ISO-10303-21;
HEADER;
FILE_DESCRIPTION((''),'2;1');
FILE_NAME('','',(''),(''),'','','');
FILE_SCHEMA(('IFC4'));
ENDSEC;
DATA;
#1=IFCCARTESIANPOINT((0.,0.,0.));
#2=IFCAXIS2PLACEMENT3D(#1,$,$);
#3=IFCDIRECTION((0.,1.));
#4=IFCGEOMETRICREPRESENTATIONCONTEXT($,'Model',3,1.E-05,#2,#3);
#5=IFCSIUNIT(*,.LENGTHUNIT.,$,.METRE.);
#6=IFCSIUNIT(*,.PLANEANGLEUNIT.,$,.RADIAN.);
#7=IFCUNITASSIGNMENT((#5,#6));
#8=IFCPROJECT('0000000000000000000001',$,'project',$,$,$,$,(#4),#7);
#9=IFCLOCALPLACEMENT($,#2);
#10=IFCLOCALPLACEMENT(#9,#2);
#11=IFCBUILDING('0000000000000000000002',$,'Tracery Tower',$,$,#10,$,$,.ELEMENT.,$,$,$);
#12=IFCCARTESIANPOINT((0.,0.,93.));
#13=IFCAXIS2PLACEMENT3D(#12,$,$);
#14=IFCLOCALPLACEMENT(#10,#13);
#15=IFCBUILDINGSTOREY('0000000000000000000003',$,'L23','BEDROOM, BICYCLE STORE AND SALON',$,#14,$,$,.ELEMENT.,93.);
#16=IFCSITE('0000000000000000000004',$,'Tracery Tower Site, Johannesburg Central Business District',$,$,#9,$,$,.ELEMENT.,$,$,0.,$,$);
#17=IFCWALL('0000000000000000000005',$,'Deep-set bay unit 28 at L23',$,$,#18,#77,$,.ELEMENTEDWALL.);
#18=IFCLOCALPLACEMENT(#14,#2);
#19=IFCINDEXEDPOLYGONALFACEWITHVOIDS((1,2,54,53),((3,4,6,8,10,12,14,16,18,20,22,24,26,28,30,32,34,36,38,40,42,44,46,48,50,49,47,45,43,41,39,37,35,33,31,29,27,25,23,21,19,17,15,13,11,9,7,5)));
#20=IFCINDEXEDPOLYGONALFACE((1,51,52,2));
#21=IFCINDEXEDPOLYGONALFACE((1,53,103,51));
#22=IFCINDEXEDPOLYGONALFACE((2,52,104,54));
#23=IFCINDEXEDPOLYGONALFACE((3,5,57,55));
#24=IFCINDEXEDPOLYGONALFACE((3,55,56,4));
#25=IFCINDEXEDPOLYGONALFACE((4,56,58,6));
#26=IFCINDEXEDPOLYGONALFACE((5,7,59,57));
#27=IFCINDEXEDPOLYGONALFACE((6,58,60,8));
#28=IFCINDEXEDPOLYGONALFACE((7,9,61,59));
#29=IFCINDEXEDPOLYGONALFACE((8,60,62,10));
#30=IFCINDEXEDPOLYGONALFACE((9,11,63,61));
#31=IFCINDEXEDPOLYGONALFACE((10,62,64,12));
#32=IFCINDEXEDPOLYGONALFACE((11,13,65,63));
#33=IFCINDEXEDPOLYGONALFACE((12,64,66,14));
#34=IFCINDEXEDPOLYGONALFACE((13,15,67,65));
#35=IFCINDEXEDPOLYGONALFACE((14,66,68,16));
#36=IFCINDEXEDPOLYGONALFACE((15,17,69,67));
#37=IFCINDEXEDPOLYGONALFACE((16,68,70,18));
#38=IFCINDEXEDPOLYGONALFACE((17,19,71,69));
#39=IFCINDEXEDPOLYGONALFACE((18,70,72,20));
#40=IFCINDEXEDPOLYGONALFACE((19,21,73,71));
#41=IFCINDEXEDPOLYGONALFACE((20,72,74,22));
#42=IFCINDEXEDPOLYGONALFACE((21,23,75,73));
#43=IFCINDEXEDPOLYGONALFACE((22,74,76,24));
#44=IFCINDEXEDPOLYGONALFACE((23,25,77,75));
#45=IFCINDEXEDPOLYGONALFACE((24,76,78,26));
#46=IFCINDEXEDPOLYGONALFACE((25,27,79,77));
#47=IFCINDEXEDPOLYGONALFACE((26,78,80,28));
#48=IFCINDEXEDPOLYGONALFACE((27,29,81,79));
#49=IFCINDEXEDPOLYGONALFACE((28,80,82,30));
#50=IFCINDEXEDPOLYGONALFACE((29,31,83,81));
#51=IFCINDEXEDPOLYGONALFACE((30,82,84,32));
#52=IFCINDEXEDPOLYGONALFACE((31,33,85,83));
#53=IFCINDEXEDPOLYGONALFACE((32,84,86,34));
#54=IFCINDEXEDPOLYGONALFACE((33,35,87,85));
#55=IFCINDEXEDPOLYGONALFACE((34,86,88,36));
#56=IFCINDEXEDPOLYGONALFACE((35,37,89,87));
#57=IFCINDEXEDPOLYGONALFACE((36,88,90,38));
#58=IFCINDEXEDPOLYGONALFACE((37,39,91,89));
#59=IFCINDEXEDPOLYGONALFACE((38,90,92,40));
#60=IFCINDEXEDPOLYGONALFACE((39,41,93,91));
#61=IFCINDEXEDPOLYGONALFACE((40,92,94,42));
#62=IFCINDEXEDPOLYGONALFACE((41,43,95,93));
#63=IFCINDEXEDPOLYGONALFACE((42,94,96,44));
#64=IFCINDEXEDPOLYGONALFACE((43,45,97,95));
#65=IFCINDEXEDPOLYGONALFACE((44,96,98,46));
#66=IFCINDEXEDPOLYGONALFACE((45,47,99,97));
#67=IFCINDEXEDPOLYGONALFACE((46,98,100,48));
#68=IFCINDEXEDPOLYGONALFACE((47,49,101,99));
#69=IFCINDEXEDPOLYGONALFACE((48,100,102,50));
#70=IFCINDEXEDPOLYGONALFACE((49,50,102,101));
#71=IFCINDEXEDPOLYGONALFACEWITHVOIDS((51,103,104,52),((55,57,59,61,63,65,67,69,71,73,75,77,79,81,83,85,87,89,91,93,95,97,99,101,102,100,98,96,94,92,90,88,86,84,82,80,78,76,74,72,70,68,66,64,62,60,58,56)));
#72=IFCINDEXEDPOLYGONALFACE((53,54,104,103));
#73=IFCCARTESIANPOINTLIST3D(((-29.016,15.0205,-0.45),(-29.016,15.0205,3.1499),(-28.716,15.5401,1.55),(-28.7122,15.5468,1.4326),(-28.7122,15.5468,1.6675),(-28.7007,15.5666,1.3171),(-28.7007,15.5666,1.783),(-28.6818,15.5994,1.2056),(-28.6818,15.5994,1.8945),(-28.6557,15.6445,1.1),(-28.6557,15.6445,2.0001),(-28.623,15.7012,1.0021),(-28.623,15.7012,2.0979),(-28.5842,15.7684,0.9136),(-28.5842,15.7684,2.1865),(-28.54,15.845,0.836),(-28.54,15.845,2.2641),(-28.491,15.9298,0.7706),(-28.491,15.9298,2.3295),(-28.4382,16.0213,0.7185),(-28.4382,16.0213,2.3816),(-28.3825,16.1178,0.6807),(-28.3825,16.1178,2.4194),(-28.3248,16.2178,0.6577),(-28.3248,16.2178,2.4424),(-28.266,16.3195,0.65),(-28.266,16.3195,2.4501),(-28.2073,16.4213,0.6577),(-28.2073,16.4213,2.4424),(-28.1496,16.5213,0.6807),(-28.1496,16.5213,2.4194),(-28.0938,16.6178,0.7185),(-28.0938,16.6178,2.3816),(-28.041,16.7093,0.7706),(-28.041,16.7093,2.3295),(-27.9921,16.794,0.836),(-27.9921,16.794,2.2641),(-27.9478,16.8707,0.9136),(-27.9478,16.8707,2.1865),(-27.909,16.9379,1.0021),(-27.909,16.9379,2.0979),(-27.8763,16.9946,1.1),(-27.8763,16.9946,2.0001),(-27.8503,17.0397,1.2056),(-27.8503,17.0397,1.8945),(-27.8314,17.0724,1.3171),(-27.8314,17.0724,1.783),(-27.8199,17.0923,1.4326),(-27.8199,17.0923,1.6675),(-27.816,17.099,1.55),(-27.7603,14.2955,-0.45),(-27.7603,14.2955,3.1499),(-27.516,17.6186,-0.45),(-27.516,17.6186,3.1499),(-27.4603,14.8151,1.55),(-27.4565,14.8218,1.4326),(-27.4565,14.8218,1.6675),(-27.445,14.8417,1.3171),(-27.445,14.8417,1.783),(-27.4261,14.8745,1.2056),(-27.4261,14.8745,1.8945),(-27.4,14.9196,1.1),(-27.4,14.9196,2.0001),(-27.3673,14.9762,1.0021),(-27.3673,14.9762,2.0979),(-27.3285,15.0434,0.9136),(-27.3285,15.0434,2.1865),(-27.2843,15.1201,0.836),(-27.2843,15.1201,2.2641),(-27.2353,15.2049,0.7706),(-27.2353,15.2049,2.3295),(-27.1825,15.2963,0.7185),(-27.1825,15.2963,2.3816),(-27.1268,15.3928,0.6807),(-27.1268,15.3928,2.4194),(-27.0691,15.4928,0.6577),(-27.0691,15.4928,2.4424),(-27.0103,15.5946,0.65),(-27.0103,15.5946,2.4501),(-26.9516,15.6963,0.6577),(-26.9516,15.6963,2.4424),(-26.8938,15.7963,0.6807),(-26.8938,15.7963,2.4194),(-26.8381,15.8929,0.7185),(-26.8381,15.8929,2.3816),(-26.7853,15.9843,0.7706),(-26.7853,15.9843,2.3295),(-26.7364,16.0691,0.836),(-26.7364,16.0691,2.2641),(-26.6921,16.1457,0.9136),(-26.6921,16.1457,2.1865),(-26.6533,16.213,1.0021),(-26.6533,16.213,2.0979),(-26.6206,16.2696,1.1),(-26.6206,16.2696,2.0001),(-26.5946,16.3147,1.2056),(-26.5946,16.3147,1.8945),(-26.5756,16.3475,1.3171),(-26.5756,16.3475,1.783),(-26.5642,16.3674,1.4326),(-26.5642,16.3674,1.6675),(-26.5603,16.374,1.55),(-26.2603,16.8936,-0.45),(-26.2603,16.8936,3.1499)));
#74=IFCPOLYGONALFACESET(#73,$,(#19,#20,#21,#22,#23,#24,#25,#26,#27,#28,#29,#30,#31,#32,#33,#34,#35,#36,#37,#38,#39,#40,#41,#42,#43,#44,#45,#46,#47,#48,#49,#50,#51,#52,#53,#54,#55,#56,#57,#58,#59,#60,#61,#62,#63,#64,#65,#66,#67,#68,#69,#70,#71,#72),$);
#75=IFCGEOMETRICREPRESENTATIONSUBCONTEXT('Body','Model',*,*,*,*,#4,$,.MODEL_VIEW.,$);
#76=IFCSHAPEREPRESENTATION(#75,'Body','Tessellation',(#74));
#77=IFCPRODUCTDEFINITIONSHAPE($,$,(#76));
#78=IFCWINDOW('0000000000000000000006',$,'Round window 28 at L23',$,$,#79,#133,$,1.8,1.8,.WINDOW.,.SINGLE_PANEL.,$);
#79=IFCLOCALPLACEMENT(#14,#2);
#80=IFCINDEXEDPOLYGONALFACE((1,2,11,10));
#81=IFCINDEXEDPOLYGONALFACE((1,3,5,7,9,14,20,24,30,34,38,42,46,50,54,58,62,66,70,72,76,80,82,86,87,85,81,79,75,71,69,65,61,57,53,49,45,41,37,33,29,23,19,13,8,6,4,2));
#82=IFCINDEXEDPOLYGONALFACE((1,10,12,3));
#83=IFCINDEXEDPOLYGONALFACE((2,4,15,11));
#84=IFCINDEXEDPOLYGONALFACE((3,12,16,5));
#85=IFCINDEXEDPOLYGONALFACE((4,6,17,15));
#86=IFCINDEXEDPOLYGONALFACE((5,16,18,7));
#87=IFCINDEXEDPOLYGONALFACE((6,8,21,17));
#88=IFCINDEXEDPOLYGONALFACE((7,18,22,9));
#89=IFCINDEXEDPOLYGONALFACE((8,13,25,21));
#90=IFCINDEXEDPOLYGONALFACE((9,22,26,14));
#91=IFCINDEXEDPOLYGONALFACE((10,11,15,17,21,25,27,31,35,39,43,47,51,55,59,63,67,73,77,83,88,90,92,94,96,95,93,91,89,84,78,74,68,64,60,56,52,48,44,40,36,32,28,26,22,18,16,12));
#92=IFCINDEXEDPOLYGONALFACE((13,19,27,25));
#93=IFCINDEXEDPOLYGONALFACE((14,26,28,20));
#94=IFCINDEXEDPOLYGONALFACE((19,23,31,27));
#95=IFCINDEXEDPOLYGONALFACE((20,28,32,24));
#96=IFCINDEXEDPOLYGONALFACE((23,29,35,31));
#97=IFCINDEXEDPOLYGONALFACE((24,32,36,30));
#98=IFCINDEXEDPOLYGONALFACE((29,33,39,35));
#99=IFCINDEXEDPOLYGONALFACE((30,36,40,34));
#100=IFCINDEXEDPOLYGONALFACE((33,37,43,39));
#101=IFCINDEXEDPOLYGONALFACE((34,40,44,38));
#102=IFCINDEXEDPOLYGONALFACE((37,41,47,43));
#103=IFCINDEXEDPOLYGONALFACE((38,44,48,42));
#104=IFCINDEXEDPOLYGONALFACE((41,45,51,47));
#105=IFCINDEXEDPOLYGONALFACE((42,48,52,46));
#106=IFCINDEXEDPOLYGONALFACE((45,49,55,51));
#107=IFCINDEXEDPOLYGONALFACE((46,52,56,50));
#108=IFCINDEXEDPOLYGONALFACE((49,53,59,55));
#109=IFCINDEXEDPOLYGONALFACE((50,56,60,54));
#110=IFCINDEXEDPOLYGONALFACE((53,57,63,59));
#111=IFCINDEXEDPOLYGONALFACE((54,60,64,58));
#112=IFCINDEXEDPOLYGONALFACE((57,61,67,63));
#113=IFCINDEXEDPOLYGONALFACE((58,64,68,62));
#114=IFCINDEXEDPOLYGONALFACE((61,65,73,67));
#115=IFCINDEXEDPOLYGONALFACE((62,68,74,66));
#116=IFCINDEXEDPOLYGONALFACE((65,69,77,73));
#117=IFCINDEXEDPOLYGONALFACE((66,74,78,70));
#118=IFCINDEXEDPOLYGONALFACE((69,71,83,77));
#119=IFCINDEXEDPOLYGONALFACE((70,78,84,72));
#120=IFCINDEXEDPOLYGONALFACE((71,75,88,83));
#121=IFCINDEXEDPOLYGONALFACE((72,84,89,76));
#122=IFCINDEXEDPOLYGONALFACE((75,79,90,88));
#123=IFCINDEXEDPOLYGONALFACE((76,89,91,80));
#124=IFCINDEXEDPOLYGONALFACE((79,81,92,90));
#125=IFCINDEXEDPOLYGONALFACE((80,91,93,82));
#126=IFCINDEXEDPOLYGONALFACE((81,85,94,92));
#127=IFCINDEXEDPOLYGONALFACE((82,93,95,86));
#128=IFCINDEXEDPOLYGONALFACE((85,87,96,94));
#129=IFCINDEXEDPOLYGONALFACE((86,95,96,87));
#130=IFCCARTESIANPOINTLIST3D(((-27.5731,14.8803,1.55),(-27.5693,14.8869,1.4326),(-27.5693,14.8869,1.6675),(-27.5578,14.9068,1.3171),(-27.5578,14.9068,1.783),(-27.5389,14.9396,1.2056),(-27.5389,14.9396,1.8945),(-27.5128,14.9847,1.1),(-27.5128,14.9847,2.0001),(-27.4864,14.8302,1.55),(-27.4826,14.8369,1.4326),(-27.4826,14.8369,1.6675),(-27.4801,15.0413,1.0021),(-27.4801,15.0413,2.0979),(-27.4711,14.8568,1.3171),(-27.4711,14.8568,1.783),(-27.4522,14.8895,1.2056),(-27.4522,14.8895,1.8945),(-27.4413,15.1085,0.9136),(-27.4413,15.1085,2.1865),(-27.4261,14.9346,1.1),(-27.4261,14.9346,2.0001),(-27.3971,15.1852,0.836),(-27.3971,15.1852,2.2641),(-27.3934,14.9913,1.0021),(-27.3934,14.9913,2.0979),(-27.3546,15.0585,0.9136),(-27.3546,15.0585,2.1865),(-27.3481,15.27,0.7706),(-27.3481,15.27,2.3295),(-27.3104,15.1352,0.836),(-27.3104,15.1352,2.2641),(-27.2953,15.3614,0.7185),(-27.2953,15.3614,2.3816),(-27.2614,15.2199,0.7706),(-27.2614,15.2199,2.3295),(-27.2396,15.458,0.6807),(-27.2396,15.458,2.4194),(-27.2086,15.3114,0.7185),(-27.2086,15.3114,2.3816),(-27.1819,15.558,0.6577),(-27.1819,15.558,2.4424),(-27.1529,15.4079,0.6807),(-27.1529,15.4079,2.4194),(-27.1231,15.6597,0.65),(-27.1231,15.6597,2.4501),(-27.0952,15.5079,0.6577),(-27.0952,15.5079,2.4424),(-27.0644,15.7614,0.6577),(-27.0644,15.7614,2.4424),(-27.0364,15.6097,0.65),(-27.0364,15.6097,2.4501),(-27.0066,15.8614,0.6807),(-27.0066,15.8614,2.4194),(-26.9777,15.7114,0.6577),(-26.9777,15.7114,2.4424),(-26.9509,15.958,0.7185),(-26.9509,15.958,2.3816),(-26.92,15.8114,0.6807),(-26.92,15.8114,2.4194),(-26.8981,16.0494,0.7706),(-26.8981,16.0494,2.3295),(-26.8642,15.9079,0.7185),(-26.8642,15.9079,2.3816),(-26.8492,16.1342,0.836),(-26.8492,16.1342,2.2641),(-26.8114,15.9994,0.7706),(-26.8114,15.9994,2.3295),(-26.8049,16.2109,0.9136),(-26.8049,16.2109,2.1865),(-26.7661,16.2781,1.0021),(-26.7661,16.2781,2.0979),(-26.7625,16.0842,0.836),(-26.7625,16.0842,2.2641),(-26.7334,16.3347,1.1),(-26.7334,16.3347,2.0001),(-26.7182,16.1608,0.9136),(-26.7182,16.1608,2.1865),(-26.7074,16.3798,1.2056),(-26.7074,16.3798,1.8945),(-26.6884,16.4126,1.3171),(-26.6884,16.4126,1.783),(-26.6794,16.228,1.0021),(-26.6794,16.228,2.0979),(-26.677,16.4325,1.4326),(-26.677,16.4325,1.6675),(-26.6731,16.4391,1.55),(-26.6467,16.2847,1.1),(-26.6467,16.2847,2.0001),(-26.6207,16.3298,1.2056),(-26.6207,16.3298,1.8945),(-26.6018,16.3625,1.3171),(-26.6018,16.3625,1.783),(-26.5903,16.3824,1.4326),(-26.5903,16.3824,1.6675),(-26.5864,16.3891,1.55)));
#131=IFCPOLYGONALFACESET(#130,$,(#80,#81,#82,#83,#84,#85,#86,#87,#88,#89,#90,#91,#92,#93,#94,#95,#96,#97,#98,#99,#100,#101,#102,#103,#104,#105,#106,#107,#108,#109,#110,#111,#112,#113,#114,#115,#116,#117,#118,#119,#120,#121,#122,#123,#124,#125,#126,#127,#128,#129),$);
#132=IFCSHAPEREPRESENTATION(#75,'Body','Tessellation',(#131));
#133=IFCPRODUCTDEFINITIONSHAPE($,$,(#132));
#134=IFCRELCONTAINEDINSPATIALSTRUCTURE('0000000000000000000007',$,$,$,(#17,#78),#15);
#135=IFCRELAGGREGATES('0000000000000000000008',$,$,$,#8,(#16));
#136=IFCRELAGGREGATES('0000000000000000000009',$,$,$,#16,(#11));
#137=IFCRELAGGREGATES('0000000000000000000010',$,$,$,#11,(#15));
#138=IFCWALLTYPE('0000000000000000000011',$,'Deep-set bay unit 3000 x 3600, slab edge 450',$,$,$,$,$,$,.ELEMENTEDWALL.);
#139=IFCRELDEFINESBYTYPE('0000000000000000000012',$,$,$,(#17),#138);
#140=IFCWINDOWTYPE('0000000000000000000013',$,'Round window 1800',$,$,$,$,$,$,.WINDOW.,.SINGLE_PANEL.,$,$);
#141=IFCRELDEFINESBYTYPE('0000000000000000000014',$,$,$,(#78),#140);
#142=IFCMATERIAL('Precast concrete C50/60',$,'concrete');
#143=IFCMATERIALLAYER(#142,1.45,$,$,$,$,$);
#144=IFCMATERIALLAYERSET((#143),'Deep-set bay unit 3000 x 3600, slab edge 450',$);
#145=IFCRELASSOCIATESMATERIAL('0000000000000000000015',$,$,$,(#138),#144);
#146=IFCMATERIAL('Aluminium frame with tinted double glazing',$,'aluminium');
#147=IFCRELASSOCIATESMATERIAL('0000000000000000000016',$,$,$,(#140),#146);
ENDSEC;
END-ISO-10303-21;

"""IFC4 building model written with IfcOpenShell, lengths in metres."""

from ifc_helpers import new_model, si_unit, direction, frame, frame_2d, origin, origin_2d, place, context, subcontext, project, spatial, rectangle, circle, extrude, material, layer, layer_set, type_object, element, fill, save


model = new_model("IFC4")

# Units and contexts
model_context = context("Model", 3, precision=1e-05, world=origin(), true_north=direction((0.0, 1.0)))
body_context = subcontext(model_context, "Body", "Model", "MODEL_VIEW")
ifc_project = project(units=[si_unit("LENGTHUNIT", "METRE"), si_unit("PLANEANGLEUNIT", "RADIAN")], contexts=[model_context])

# Site, building, storey
site_placement = place(None, origin())
site = spatial("IfcSite", under=ifc_project, at=site_placement, Name="Tracery Tower Site, Johannesburg Central Business District", CompositionType="ELEMENT", RefElevation=0.0)
building_placement = place(site_placement, origin())
building = spatial("IfcBuilding", under=site, at=building_placement, Name="Tracery Tower", CompositionType="ELEMENT")
storey_placement = place(building_placement, frame((0.0, 0.0, 93.0)))
storey = spatial("IfcBuildingStorey", under=building, at=storey_placement, Name="L23", Description="BEDROOM, BICYCLE STORE AND SALON", CompositionType="ELEMENT", Elevation=93.0)

# Wall, opening, window
ifc_material_1 = material(Name="Precast concrete C50/60", Category="concrete")
ifc_layer_1 = layer(ifc_material_1, 1.45)
ifc_layer_set_1 = layer_set([ifc_layer_1], Name="Deep-set bay unit 3000 x 3600, slab edge 450")
wall_type_1 = type_object("IfcWallType", Name="Deep-set bay unit 3000 x 3600, slab edge 450", PredefinedType="ELEMENTEDWALL", material=ifc_layer_set_1)
ifc_material_2 = material(Name="Aluminium frame with tinted double glazing", Category="aluminium")
window_type = type_object("IfcWindowType", Name="Round window 1800", PartitioningType="SINGLE_PANEL", PredefinedType="WINDOW", material=ifc_material_2)
wall_1_placement = place(storey_placement, frame((-26.8882, 17.2561, -0.45), z_axis=(0.0, 0.0, 1.0), x_axis=(-0.49999, -0.866031, 0.0)))
wall_1 = element("IfcWall", 1, at=wall_1_placement, inside=storey, type_object=wall_type_1, Name="Deep-set bay unit 28 at L23", PredefinedType="ELEMENTEDWALL", context=body_context, shape_type="SweptSolid", body=[
    extrude(rectangle(XDim=3.0, YDim=1.45, at=frame_2d((1.5, 0.0))), origin(), (0.0, 0.0, 1.0), 3.5999),
])
opening_1_placement = place(wall_1_placement, frame((1.5, 0.0, 2.0)))
opening_1 = element("IfcOpeningElement", 2, at=opening_1_placement, cuts=wall_1, PredefinedType="OPENING", context=body_context, shape_type="SweptSolid", body=[
    extrude(circle(Radius=0.9, at=origin_2d()), frame((0.0, 0.7349, 0.0), z_axis=(0.0, -1.0, 0.0), x_axis=(1.0, 0.0, 0.0)), (0.0, 0.0, 1.0), 1.47),
])
window_1_placement = place(opening_1_placement, origin())
window_1 = element("IfcWindow", 3, at=window_1_placement, inside=storey, type_object=window_type, Name="Round window 28 at L23", OverallHeight=1.8, OverallWidth=1.8, PartitioningType="SINGLE_PANEL", PredefinedType="WINDOW", context=body_context, shape_type="SweptSolid", body=[
    extrude(circle(Radius=0.9, at=origin_2d()), frame((0.0, 0.6948, 0.0), z_axis=(0.0, -1.0, 0.0), x_axis=(1.0, 0.0, 0.0)), (0.0, 0.0, 1.0), 0.1001),
])
fill(opening_1, window_1)

save(model, "model.ifc")
